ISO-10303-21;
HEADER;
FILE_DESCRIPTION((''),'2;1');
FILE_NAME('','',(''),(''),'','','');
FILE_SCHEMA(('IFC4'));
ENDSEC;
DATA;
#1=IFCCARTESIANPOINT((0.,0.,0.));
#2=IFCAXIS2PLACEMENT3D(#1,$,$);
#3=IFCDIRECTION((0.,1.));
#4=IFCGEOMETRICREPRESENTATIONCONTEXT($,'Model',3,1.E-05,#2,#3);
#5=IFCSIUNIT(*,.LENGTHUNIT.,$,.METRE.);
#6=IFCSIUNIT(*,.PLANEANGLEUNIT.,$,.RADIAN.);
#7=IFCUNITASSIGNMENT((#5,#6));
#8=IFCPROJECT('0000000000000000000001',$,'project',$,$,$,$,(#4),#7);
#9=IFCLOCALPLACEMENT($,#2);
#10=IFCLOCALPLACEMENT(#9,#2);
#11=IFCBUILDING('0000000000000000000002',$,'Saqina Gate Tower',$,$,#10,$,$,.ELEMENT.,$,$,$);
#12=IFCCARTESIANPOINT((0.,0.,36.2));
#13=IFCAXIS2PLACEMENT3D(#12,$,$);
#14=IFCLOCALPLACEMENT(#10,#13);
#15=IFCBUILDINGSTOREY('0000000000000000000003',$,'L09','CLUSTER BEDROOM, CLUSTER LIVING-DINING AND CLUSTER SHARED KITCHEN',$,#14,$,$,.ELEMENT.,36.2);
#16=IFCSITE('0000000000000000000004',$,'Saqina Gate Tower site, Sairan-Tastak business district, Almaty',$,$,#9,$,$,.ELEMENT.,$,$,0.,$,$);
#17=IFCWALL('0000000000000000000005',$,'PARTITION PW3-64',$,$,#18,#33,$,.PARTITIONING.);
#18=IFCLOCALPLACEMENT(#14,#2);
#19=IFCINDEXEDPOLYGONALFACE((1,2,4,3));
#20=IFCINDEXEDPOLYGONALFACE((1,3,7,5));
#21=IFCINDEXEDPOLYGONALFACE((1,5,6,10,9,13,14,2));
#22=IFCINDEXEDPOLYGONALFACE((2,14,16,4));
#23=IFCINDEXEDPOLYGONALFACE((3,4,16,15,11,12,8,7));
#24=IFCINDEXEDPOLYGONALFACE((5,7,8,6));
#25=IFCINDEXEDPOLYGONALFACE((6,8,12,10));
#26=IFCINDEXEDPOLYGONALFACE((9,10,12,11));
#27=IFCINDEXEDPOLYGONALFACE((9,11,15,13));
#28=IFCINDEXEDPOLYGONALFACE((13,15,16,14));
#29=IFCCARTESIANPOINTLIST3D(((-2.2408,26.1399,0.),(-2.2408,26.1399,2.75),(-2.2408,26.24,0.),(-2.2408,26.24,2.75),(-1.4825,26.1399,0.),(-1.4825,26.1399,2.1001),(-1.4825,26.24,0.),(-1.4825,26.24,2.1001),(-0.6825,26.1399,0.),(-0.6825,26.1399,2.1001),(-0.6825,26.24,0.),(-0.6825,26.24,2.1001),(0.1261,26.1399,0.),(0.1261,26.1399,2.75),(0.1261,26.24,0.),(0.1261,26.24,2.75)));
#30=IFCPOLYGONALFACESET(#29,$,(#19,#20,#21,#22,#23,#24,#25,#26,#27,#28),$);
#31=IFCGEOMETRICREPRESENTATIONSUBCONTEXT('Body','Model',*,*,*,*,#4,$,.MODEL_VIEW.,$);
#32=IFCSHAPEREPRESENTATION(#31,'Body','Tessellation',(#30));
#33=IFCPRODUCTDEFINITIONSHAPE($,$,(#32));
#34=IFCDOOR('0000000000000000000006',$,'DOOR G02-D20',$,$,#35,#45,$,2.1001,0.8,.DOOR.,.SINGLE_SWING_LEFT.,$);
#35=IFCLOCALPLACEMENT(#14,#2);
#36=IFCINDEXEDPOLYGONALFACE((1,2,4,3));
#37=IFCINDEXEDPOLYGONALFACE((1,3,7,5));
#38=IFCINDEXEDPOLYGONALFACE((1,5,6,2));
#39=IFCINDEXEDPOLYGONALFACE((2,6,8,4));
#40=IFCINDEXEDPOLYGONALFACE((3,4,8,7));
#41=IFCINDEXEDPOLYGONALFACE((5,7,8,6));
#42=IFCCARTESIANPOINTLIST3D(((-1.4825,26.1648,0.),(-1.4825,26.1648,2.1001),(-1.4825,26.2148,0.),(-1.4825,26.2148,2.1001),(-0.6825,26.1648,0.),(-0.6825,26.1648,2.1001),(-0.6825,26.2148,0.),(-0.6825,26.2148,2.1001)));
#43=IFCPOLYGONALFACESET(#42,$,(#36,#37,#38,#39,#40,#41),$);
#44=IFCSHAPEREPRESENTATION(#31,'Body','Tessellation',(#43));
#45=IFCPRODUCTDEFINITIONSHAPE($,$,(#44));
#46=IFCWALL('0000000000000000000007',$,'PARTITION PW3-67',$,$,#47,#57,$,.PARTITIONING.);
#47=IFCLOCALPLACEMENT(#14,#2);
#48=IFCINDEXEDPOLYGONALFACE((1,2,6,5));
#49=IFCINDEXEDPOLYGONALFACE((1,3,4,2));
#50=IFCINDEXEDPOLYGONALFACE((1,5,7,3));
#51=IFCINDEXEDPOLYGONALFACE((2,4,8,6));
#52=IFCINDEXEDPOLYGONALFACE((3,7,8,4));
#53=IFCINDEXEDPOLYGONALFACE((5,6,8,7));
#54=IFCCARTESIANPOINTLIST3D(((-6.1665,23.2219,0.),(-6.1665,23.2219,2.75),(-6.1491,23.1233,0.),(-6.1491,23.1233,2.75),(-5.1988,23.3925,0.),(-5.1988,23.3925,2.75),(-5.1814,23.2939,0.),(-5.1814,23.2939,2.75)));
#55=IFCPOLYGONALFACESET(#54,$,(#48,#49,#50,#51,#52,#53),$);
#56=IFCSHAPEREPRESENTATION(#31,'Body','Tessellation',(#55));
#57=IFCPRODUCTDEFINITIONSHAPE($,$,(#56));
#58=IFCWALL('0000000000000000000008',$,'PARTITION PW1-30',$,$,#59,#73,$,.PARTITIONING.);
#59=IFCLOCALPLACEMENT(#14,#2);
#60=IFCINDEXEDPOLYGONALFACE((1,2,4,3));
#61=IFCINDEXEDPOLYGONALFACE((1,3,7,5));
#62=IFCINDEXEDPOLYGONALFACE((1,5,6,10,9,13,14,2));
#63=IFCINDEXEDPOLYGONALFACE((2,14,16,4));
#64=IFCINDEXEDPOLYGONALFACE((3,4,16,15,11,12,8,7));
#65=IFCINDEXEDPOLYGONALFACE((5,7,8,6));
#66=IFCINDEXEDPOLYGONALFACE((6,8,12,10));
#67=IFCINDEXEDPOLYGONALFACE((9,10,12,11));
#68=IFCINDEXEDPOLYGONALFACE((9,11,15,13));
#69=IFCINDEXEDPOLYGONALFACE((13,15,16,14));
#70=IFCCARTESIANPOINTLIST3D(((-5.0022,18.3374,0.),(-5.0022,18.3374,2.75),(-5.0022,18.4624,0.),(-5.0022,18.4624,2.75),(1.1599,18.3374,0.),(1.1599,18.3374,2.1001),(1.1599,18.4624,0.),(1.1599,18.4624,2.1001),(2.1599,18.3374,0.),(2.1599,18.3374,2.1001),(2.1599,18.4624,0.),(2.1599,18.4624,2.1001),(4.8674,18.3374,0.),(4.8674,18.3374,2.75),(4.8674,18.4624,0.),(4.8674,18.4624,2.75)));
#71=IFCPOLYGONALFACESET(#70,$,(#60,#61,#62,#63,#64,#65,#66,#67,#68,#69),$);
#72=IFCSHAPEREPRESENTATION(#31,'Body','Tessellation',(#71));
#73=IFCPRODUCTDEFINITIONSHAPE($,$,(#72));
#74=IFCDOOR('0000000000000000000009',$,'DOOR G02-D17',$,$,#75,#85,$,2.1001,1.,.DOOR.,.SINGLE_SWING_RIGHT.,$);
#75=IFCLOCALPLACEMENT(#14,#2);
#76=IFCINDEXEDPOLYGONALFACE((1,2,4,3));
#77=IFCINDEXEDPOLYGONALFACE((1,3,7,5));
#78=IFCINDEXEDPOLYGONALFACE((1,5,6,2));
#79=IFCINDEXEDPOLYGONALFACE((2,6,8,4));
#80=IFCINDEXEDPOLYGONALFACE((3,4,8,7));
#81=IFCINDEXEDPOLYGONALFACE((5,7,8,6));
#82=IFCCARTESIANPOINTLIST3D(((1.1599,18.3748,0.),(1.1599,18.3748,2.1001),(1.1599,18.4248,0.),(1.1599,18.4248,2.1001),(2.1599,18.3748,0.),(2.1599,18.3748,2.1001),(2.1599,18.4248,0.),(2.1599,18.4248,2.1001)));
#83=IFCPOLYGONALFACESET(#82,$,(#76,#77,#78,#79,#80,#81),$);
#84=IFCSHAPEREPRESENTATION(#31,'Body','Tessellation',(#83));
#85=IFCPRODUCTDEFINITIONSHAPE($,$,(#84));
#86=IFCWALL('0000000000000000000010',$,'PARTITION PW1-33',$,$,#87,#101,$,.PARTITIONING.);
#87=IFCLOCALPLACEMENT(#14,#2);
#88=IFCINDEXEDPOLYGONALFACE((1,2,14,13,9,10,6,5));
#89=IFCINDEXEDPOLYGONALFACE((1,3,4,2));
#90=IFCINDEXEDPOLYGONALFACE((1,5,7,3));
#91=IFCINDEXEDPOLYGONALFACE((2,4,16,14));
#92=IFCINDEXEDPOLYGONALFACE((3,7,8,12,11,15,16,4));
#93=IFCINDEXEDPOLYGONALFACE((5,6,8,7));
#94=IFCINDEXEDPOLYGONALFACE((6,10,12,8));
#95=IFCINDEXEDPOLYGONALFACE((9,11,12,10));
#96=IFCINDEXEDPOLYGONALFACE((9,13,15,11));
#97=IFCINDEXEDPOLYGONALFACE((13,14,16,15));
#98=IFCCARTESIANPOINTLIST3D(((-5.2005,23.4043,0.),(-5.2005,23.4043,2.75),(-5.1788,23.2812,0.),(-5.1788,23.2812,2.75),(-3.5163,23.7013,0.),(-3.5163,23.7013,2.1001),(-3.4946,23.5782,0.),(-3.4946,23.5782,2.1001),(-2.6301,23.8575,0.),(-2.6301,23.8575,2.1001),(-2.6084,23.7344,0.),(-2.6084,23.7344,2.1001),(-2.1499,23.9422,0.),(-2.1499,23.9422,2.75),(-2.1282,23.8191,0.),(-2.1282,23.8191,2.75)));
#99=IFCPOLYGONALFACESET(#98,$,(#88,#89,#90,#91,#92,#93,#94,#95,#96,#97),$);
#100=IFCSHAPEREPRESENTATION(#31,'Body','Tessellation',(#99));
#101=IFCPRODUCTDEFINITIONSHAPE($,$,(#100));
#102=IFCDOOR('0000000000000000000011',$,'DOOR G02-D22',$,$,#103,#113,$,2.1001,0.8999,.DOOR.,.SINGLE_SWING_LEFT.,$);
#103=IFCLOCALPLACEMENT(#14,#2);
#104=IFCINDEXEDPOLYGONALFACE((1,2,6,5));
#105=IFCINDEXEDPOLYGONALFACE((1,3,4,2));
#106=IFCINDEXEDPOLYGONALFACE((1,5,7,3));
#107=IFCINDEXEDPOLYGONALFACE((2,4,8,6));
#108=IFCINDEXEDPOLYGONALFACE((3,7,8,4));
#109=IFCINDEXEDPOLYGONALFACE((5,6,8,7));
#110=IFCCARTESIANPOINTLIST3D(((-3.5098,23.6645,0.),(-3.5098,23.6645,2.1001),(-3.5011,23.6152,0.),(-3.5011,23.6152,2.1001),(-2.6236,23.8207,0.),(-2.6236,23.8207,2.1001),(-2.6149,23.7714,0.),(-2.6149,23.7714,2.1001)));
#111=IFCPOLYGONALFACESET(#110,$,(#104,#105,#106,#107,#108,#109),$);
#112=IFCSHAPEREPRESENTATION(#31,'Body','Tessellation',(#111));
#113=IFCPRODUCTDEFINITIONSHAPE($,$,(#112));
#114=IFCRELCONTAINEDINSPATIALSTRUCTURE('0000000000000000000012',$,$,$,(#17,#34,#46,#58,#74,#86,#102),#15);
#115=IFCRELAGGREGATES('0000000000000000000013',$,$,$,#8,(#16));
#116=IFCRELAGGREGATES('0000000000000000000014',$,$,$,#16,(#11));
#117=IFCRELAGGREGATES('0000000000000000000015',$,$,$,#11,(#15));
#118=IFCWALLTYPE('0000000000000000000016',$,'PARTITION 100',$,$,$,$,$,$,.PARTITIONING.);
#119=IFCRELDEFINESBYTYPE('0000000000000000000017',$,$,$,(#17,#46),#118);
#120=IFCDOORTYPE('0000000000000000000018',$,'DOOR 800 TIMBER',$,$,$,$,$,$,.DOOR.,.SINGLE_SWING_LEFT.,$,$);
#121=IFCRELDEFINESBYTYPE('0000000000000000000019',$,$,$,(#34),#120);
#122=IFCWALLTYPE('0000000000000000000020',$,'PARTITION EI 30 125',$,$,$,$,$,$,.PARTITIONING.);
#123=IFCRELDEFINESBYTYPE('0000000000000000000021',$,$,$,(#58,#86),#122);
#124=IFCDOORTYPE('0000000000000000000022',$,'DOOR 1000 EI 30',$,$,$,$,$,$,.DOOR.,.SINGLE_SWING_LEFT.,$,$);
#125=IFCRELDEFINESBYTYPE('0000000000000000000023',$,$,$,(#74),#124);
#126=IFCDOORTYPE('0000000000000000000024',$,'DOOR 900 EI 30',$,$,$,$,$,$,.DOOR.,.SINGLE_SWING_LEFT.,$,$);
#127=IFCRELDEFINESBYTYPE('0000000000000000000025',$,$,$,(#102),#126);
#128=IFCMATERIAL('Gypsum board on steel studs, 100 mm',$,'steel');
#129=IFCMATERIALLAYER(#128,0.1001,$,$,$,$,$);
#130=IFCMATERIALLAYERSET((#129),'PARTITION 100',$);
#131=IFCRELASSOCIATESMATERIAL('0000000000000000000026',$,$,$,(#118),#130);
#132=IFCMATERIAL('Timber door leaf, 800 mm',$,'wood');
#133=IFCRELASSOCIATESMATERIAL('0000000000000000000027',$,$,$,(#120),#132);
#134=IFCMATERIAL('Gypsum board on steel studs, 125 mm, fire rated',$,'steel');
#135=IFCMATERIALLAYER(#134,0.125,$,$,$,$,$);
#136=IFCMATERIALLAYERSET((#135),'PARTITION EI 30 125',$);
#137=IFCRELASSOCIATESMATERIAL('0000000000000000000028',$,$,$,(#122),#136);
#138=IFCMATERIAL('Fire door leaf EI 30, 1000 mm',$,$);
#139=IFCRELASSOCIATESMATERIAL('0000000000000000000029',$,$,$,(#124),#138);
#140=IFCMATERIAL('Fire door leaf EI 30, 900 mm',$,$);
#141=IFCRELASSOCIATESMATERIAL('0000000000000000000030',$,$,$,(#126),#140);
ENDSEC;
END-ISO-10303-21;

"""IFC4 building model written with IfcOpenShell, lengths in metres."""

from ifc_helpers import new_model, si_unit, direction, frame, frame_2d, origin, place, context, subcontext, project, spatial, rectangle, extrude, material, layer, layer_set, type_object, element, fill, save


model = new_model("IFC4")

# Units and contexts
model_context = context("Model", 3, precision=1e-05, world=origin(), true_north=direction((0.0, 1.0)))
body_context = subcontext(model_context, "Body", "Model", "MODEL_VIEW")
ifc_project = project(units=[si_unit("LENGTHUNIT", "METRE"), si_unit("PLANEANGLEUNIT", "RADIAN")], contexts=[model_context])

# Site, building, storey
site_placement = place(None, origin())
site = spatial("IfcSite", under=ifc_project, at=site_placement, Name="Saqina Gate Tower site, Sairan-Tastak business district, Almaty", CompositionType="ELEMENT", RefElevation=0.0)
building_placement = place(site_placement, origin())
building = spatial("IfcBuilding", under=site, at=building_placement, Name="Saqina Gate Tower", CompositionType="ELEMENT")
storey_placement = place(building_placement, frame((0.0, 0.0, 36.2)))
storey = spatial("IfcBuildingStorey", under=building, at=storey_placement, Name="L09", Description="CLUSTER BEDROOM, CLUSTER LIVING-DINING AND CLUSTER SHARED KITCHEN", CompositionType="ELEMENT", Elevation=36.2)

# Shared definitions
ifc_material_1 = material(Name="Gypsum board on steel studs, 100 mm", Category="steel")
ifc_layer_1 = layer(ifc_material_1, 0.1001)
ifc_layer_set_1 = layer_set([ifc_layer_1], Name="PARTITION 100")
wall_type_1 = type_object("IfcWallType", Name="PARTITION 100", PredefinedType="PARTITIONING", material=ifc_layer_set_1)

# Shared definitions
ifc_material_2 = material(Name="Timber door leaf, 800 mm", Category="wood")
door_type_1 = type_object("IfcDoorType", Name="DOOR 800 TIMBER", OperationType="SINGLE_SWING_LEFT", PredefinedType="DOOR", material=ifc_material_2)

# Wall, opening, door
wall_1_placement = place(storey_placement, frame((-2.241, 26.1899, 0.0), z_axis=(0.0, 0.0, 1.0), x_axis=(1.0, 0.0, 0.0)))
wall_1 = element("IfcWall", 1, at=wall_1_placement, inside=storey, type_object=wall_type_1, Name="PARTITION PW3-64", PredefinedType="PARTITIONING", context=body_context, shape_type="SweptSolid", body=[
    extrude(rectangle(XDim=2.3669, YDim=0.1001, at=frame_2d((1.1836, 0.0))), origin(), (0.0, 0.0, 1.0), 2.75),
])
opening_1_placement = place(wall_1_placement, frame((0.7585, 0.0, 0.0)))
opening_1 = element("IfcOpeningElement", 2, at=opening_1_placement, cuts=wall_1, PredefinedType="OPENING", context=body_context, shape_type="SweptSolid", body=[
    extrude(rectangle(XDim=0.8, YDim=2.1001, at=frame_2d((0.3999, 1.05))), frame((0.0, 0.062, 0.0), z_axis=(0.0, -1.0, 0.0), x_axis=(1.0, 0.0, 0.0)), (0.0, 0.0, 1.0), 0.124),
])
door_1_placement = place(opening_1_placement, origin())
door_1 = element("IfcDoor", 3, at=door_1_placement, inside=storey, type_object=door_type_1, Name="DOOR G02-D20", OperationType="SINGLE_SWING_LEFT", OverallHeight=2.1001, OverallWidth=0.8, PredefinedType="DOOR", context=body_context, shape_type="SweptSolid", body=[
    extrude(rectangle(XDim=0.8, YDim=2.1001, at=frame_2d((0.3999, 1.05))), frame((0.0, 0.0249, 0.0), z_axis=(0.0, -1.0, 0.0), x_axis=(1.0, 0.0, 0.0)), (0.0, 0.0, 1.0), 0.05),
])
fill(opening_1, door_1)

# Wall
wall_2_placement = place(storey_placement, frame((-6.1577, 23.1726, 0.0), z_axis=(0.0, 0.0, 1.0), x_axis=(0.984806, 0.173658, 0.0)))
element("IfcWall", 4, at=wall_2_placement, inside=storey, type_object=wall_type_1, Name="PARTITION PW3-67", PredefinedType="PARTITIONING", context=body_context, shape_type="SweptSolid", body=[
    extrude(rectangle(XDim=0.9827, YDim=0.1001, at=frame_2d((0.4912, 0.0))), origin(), (0.0, 0.0, 1.0), 2.75),
])

# Walls, openings, doors
ifc_material_3 = material(Name="Gypsum board on steel studs, 125 mm, fire rated", Category="steel")
ifc_layer_2 = layer(ifc_material_3, 0.125)
ifc_layer_set_2 = layer_set([ifc_layer_2], Name="PARTITION EI 30 125")
wall_type_2 = type_object("IfcWallType", Name="PARTITION EI 30 125", PredefinedType="PARTITIONING", material=ifc_layer_set_2)
wall_3_placement = place(storey_placement, frame((-5.0022, 18.3999, 0.0), z_axis=(0.0, 0.0, 1.0), x_axis=(1.0, 0.0, 0.0)))
wall_3 = element("IfcWall", 5, at=wall_3_placement, inside=storey, type_object=wall_type_2, Name="PARTITION PW1-30", PredefinedType="PARTITIONING", context=body_context, shape_type="SweptSolid", body=[
    extrude(rectangle(XDim=9.8696, YDim=0.125, at=frame_2d((4.9348, 0.0))), origin(), (0.0, 0.0, 1.0), 2.75),
])
opening_2_placement = place(wall_3_placement, frame((6.1621, 0.0, 0.0)))
opening_2 = element("IfcOpeningElement", 6, at=opening_2_placement, cuts=wall_3, PredefinedType="OPENING", context=body_context, shape_type="SweptSolid", body=[
    extrude(rectangle(XDim=1.0, YDim=2.1001, at=frame_2d((0.5, 1.05))), frame((0.0, 0.0745, 0.0), z_axis=(0.0, -1.0, 0.0), x_axis=(1.0, 0.0, 0.0)), (0.0, 0.0, 1.0), 0.1489),
])
ifc_material_4 = material(Name="Fire door leaf EI 30, 1000 mm")
door_type_2 = type_object("IfcDoorType", Name="DOOR 1000 EI 30", OperationType="SINGLE_SWING_LEFT", PredefinedType="DOOR", material=ifc_material_4)
door_2_placement = place(opening_2_placement, origin())
door_2 = element("IfcDoor", 7, at=door_2_placement, inside=storey, type_object=door_type_2, Name="DOOR G02-D17", OperationType="SINGLE_SWING_RIGHT", OverallHeight=2.1001, OverallWidth=1.0, PredefinedType="DOOR", context=body_context, shape_type="SweptSolid", body=[
    extrude(rectangle(XDim=1.0, YDim=2.1001, at=frame_2d((0.5, 1.05))), frame((0.0, 0.0249, 0.0), z_axis=(0.0, -1.0, 0.0), x_axis=(1.0, 0.0, 0.0)), (0.0, 0.0, 1.0), 0.05),
])
fill(opening_2, door_2)
wall_4_placement = place(storey_placement, frame((-5.1897, 23.3428, 0.0), z_axis=(0.0, 0.0, 1.0), x_axis=(0.984811, 0.173632, 0.0)))
wall_4 = element("IfcWall", 8, at=wall_4_placement, inside=storey, type_object=wall_type_2, Name="PARTITION PW1-33", PredefinedType="PARTITIONING", context=body_context, shape_type="SweptSolid", body=[
    extrude(rectangle(XDim=3.0977, YDim=0.125, at=frame_2d((1.5488, 0.0))), origin(), (0.0, 0.0, 1.0), 2.75),
])
opening_3_placement = place(wall_4_placement, frame((1.7102, 0.0, 0.0)))
opening_3 = element("IfcOpeningElement", 9, at=opening_3_placement, cuts=wall_4, PredefinedType="OPENING", context=body_context, shape_type="SweptSolid", body=[
    extrude(rectangle(XDim=0.8999, YDim=2.1001, at=frame_2d((0.45, 1.05))), frame((0.0, 0.0745, 0.0), z_axis=(0.0, -1.0, 0.0), x_axis=(1.0, 0.0, 0.0)), (0.0, 0.0, 1.0), 0.1489),
])
ifc_material_5 = material(Name="Fire door leaf EI 30, 900 mm")
door_type_3 = type_object("IfcDoorType", Name="DOOR 900 EI 30", OperationType="SINGLE_SWING_LEFT", PredefinedType="DOOR", material=ifc_material_5)
door_3_placement = place(opening_3_placement, frame((0.8999, 0.0, 0.0), z_axis=(0.0, 0.0, 1.0), x_axis=(-1.0, 0.0, 0.0)))
door_3 = element("IfcDoor", 10, at=door_3_placement, inside=storey, type_object=door_type_3, Name="DOOR G02-D22", OperationType="SINGLE_SWING_LEFT", OverallHeight=2.1001, OverallWidth=0.8999, PredefinedType="DOOR", context=body_context, shape_type="SweptSolid", body=[
    extrude(rectangle(XDim=0.8999, YDim=2.1001, at=frame_2d((0.45, 1.05))), frame((0.0, 0.0249, 0.0), z_axis=(0.0, -1.0, 0.0), x_axis=(1.0, 0.0, 0.0)), (0.0, 0.0, 1.0), 0.05),
])
fill(opening_3, door_3)

save(model, "model.ifc")
